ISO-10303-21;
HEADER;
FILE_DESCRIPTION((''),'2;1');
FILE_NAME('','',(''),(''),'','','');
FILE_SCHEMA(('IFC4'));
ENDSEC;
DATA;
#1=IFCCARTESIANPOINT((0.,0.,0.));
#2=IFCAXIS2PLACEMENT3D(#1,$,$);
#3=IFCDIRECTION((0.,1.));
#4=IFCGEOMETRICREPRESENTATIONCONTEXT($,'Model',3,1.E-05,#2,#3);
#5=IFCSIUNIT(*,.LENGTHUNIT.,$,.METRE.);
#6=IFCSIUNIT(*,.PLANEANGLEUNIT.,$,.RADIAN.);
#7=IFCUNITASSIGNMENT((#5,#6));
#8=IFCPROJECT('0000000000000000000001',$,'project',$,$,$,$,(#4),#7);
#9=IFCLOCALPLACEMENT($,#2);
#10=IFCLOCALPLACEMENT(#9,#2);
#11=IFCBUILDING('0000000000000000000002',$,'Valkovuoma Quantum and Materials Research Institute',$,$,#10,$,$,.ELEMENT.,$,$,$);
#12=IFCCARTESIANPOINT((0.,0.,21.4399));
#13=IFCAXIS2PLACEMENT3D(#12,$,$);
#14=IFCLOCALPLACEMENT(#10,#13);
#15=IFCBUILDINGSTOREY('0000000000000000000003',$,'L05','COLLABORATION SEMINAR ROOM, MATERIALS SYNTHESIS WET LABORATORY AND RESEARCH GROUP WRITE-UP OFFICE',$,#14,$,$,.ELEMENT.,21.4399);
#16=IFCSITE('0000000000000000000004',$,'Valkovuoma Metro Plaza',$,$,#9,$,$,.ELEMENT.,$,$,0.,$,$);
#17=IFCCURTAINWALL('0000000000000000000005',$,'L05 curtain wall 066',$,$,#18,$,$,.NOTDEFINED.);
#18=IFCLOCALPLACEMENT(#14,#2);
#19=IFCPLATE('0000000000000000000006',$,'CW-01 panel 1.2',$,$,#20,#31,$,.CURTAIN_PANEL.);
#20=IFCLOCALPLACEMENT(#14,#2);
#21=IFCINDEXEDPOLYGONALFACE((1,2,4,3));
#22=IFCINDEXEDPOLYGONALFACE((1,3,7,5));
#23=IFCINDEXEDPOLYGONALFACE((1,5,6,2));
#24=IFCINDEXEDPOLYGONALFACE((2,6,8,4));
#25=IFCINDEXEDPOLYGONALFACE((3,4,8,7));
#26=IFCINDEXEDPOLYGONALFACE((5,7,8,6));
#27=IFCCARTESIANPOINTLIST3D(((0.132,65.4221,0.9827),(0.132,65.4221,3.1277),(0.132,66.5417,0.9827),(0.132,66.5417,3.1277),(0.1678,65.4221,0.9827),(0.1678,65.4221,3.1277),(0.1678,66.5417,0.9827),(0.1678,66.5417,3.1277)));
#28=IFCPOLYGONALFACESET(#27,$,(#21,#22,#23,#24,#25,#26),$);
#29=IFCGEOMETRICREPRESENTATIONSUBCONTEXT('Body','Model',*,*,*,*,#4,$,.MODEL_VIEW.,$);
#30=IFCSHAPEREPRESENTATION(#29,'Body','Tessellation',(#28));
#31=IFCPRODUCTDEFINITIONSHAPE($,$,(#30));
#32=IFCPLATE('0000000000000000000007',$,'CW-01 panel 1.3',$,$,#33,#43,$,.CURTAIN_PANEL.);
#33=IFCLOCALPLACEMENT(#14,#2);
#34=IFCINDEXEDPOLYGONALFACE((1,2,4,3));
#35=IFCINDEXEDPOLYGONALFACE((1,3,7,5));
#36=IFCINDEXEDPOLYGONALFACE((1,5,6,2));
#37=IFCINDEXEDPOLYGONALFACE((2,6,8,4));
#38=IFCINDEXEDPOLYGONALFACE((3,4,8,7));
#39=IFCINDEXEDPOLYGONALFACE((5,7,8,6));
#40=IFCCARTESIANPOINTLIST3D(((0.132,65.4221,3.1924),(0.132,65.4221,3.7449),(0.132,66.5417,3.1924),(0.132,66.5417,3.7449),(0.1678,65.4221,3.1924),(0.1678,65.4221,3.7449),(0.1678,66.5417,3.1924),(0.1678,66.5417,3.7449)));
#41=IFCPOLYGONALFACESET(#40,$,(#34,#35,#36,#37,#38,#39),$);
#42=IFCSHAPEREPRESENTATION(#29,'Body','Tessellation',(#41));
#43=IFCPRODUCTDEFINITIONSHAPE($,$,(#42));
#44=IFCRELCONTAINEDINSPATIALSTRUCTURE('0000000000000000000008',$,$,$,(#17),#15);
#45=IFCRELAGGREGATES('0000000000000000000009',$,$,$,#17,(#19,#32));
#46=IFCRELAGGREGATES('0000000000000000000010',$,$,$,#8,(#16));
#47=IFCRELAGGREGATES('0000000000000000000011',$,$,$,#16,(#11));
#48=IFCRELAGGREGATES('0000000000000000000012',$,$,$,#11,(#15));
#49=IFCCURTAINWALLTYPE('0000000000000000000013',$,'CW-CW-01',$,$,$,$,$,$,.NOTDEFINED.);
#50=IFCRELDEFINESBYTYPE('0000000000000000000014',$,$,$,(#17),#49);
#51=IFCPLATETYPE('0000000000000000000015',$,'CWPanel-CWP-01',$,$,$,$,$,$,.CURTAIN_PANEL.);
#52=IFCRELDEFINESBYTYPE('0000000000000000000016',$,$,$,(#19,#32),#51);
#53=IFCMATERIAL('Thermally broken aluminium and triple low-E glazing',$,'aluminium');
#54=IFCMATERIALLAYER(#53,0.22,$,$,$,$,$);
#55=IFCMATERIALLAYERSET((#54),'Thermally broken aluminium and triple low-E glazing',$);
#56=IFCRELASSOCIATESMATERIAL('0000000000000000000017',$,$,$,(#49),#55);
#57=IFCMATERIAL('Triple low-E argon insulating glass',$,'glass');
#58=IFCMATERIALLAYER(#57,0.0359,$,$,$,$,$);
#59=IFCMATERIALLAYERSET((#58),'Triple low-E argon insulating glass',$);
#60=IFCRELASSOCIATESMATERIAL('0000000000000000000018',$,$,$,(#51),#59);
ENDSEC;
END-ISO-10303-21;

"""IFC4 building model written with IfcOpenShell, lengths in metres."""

from ifc_helpers import new_model, si_unit, direction, frame, origin, origin_2d, place, context, subcontext, project, spatial, rectangle, extrude, material, layer, layer_set, type_object, element, aggregate, save


model = new_model("IFC4")

# Units and contexts
model_context = context("Model", 3, precision=1e-05, world=origin(), true_north=direction((0.0, 1.0)))
body_context = subcontext(model_context, "Body", "Model", "MODEL_VIEW")
ifc_project = project(units=[si_unit("LENGTHUNIT", "METRE"), si_unit("PLANEANGLEUNIT", "RADIAN")], contexts=[model_context])

# Site, building, storey
site_placement = place(None, origin())
site = spatial("IfcSite", under=ifc_project, at=site_placement, Name="Valkovuoma Metro Plaza", CompositionType="ELEMENT", RefElevation=0.0)
building_placement = place(site_placement, origin())
building = spatial("IfcBuilding", under=site, at=building_placement, Name="Valkovuoma Quantum and Materials Research Institute", CompositionType="ELEMENT")
storey_placement = place(building_placement, frame((0.0, 0.0, 21.4399)))
storey = spatial("IfcBuildingStorey", under=building, at=storey_placement, Name="L05", Description="COLLABORATION SEMINAR ROOM, MATERIALS SYNTHESIS WET LABORATORY AND RESEARCH GROUP WRITE-UP OFFICE", CompositionType="ELEMENT", Elevation=21.4399)

# Shared definitions
ifc_material_1 = material(Name="Thermally broken aluminium and triple low-E glazing", Category="aluminium")
ifc_layer_1 = layer(ifc_material_1, 0.22)
ifc_layer_set_1 = layer_set([ifc_layer_1], Name="Thermally broken aluminium and triple low-E glazing")
curtain_wall_type = type_object("IfcCurtainWallType", Name="CW-CW-01", PredefinedType="NOTDEFINED", material=ifc_layer_set_1)

# Curtain wall
curtain_wall_1_placement = place(storey_placement, origin())
curtain_wall_1 = element("IfcCurtainWall", 1, at=curtain_wall_1_placement, inside=storey, type_object=curtain_wall_type, Name="L05 curtain wall 066", PredefinedType="NOTDEFINED")

# Plates
ifc_material_2 = material(Name="Triple low-E argon insulating glass", Category="glass")
ifc_layer_2 = layer(ifc_material_2, 0.0359)
ifc_layer_set_2 = layer_set([ifc_layer_2], Name="Triple low-E argon insulating glass")
plate_type = type_object("IfcPlateType", Name="CWPanel-CWP-01", PredefinedType="CURTAIN_PANEL", material=ifc_layer_set_2)
plate_1_placement = place(storey_placement, frame((0.1499, 65.9819, 0.9827), z_axis=(0.0, 0.0, 1.0), x_axis=(0.0, 1.0, 0.0)))
plate_1 = element("IfcPlate", 2, at=plate_1_placement, type_object=plate_type, Name="CW-01 panel 1.2", PredefinedType="CURTAIN_PANEL", context=body_context, shape_type="SweptSolid", body=[
    extrude(rectangle(XDim=1.1196, YDim=0.0359, at=origin_2d()), origin(), (0.0, 0.0, 1.0), 2.145),
])
plate_2_placement = place(storey_placement, frame((0.1499, 65.9819, 3.1924), z_axis=(0.0, 0.0, 1.0), x_axis=(0.0, 1.0, 0.0)))
plate_2 = element("IfcPlate", 3, at=plate_2_placement, type_object=plate_type, Name="CW-01 panel 1.3", PredefinedType="CURTAIN_PANEL", context=body_context, shape_type="SweptSolid", body=[
    extrude(rectangle(XDim=1.1196, YDim=0.0359, at=origin_2d()), origin(), (0.0, 0.0, 1.0), 0.5525),
])
aggregate(curtain_wall_1, [plate_1, plate_2])

save(model, "model.ifc")
